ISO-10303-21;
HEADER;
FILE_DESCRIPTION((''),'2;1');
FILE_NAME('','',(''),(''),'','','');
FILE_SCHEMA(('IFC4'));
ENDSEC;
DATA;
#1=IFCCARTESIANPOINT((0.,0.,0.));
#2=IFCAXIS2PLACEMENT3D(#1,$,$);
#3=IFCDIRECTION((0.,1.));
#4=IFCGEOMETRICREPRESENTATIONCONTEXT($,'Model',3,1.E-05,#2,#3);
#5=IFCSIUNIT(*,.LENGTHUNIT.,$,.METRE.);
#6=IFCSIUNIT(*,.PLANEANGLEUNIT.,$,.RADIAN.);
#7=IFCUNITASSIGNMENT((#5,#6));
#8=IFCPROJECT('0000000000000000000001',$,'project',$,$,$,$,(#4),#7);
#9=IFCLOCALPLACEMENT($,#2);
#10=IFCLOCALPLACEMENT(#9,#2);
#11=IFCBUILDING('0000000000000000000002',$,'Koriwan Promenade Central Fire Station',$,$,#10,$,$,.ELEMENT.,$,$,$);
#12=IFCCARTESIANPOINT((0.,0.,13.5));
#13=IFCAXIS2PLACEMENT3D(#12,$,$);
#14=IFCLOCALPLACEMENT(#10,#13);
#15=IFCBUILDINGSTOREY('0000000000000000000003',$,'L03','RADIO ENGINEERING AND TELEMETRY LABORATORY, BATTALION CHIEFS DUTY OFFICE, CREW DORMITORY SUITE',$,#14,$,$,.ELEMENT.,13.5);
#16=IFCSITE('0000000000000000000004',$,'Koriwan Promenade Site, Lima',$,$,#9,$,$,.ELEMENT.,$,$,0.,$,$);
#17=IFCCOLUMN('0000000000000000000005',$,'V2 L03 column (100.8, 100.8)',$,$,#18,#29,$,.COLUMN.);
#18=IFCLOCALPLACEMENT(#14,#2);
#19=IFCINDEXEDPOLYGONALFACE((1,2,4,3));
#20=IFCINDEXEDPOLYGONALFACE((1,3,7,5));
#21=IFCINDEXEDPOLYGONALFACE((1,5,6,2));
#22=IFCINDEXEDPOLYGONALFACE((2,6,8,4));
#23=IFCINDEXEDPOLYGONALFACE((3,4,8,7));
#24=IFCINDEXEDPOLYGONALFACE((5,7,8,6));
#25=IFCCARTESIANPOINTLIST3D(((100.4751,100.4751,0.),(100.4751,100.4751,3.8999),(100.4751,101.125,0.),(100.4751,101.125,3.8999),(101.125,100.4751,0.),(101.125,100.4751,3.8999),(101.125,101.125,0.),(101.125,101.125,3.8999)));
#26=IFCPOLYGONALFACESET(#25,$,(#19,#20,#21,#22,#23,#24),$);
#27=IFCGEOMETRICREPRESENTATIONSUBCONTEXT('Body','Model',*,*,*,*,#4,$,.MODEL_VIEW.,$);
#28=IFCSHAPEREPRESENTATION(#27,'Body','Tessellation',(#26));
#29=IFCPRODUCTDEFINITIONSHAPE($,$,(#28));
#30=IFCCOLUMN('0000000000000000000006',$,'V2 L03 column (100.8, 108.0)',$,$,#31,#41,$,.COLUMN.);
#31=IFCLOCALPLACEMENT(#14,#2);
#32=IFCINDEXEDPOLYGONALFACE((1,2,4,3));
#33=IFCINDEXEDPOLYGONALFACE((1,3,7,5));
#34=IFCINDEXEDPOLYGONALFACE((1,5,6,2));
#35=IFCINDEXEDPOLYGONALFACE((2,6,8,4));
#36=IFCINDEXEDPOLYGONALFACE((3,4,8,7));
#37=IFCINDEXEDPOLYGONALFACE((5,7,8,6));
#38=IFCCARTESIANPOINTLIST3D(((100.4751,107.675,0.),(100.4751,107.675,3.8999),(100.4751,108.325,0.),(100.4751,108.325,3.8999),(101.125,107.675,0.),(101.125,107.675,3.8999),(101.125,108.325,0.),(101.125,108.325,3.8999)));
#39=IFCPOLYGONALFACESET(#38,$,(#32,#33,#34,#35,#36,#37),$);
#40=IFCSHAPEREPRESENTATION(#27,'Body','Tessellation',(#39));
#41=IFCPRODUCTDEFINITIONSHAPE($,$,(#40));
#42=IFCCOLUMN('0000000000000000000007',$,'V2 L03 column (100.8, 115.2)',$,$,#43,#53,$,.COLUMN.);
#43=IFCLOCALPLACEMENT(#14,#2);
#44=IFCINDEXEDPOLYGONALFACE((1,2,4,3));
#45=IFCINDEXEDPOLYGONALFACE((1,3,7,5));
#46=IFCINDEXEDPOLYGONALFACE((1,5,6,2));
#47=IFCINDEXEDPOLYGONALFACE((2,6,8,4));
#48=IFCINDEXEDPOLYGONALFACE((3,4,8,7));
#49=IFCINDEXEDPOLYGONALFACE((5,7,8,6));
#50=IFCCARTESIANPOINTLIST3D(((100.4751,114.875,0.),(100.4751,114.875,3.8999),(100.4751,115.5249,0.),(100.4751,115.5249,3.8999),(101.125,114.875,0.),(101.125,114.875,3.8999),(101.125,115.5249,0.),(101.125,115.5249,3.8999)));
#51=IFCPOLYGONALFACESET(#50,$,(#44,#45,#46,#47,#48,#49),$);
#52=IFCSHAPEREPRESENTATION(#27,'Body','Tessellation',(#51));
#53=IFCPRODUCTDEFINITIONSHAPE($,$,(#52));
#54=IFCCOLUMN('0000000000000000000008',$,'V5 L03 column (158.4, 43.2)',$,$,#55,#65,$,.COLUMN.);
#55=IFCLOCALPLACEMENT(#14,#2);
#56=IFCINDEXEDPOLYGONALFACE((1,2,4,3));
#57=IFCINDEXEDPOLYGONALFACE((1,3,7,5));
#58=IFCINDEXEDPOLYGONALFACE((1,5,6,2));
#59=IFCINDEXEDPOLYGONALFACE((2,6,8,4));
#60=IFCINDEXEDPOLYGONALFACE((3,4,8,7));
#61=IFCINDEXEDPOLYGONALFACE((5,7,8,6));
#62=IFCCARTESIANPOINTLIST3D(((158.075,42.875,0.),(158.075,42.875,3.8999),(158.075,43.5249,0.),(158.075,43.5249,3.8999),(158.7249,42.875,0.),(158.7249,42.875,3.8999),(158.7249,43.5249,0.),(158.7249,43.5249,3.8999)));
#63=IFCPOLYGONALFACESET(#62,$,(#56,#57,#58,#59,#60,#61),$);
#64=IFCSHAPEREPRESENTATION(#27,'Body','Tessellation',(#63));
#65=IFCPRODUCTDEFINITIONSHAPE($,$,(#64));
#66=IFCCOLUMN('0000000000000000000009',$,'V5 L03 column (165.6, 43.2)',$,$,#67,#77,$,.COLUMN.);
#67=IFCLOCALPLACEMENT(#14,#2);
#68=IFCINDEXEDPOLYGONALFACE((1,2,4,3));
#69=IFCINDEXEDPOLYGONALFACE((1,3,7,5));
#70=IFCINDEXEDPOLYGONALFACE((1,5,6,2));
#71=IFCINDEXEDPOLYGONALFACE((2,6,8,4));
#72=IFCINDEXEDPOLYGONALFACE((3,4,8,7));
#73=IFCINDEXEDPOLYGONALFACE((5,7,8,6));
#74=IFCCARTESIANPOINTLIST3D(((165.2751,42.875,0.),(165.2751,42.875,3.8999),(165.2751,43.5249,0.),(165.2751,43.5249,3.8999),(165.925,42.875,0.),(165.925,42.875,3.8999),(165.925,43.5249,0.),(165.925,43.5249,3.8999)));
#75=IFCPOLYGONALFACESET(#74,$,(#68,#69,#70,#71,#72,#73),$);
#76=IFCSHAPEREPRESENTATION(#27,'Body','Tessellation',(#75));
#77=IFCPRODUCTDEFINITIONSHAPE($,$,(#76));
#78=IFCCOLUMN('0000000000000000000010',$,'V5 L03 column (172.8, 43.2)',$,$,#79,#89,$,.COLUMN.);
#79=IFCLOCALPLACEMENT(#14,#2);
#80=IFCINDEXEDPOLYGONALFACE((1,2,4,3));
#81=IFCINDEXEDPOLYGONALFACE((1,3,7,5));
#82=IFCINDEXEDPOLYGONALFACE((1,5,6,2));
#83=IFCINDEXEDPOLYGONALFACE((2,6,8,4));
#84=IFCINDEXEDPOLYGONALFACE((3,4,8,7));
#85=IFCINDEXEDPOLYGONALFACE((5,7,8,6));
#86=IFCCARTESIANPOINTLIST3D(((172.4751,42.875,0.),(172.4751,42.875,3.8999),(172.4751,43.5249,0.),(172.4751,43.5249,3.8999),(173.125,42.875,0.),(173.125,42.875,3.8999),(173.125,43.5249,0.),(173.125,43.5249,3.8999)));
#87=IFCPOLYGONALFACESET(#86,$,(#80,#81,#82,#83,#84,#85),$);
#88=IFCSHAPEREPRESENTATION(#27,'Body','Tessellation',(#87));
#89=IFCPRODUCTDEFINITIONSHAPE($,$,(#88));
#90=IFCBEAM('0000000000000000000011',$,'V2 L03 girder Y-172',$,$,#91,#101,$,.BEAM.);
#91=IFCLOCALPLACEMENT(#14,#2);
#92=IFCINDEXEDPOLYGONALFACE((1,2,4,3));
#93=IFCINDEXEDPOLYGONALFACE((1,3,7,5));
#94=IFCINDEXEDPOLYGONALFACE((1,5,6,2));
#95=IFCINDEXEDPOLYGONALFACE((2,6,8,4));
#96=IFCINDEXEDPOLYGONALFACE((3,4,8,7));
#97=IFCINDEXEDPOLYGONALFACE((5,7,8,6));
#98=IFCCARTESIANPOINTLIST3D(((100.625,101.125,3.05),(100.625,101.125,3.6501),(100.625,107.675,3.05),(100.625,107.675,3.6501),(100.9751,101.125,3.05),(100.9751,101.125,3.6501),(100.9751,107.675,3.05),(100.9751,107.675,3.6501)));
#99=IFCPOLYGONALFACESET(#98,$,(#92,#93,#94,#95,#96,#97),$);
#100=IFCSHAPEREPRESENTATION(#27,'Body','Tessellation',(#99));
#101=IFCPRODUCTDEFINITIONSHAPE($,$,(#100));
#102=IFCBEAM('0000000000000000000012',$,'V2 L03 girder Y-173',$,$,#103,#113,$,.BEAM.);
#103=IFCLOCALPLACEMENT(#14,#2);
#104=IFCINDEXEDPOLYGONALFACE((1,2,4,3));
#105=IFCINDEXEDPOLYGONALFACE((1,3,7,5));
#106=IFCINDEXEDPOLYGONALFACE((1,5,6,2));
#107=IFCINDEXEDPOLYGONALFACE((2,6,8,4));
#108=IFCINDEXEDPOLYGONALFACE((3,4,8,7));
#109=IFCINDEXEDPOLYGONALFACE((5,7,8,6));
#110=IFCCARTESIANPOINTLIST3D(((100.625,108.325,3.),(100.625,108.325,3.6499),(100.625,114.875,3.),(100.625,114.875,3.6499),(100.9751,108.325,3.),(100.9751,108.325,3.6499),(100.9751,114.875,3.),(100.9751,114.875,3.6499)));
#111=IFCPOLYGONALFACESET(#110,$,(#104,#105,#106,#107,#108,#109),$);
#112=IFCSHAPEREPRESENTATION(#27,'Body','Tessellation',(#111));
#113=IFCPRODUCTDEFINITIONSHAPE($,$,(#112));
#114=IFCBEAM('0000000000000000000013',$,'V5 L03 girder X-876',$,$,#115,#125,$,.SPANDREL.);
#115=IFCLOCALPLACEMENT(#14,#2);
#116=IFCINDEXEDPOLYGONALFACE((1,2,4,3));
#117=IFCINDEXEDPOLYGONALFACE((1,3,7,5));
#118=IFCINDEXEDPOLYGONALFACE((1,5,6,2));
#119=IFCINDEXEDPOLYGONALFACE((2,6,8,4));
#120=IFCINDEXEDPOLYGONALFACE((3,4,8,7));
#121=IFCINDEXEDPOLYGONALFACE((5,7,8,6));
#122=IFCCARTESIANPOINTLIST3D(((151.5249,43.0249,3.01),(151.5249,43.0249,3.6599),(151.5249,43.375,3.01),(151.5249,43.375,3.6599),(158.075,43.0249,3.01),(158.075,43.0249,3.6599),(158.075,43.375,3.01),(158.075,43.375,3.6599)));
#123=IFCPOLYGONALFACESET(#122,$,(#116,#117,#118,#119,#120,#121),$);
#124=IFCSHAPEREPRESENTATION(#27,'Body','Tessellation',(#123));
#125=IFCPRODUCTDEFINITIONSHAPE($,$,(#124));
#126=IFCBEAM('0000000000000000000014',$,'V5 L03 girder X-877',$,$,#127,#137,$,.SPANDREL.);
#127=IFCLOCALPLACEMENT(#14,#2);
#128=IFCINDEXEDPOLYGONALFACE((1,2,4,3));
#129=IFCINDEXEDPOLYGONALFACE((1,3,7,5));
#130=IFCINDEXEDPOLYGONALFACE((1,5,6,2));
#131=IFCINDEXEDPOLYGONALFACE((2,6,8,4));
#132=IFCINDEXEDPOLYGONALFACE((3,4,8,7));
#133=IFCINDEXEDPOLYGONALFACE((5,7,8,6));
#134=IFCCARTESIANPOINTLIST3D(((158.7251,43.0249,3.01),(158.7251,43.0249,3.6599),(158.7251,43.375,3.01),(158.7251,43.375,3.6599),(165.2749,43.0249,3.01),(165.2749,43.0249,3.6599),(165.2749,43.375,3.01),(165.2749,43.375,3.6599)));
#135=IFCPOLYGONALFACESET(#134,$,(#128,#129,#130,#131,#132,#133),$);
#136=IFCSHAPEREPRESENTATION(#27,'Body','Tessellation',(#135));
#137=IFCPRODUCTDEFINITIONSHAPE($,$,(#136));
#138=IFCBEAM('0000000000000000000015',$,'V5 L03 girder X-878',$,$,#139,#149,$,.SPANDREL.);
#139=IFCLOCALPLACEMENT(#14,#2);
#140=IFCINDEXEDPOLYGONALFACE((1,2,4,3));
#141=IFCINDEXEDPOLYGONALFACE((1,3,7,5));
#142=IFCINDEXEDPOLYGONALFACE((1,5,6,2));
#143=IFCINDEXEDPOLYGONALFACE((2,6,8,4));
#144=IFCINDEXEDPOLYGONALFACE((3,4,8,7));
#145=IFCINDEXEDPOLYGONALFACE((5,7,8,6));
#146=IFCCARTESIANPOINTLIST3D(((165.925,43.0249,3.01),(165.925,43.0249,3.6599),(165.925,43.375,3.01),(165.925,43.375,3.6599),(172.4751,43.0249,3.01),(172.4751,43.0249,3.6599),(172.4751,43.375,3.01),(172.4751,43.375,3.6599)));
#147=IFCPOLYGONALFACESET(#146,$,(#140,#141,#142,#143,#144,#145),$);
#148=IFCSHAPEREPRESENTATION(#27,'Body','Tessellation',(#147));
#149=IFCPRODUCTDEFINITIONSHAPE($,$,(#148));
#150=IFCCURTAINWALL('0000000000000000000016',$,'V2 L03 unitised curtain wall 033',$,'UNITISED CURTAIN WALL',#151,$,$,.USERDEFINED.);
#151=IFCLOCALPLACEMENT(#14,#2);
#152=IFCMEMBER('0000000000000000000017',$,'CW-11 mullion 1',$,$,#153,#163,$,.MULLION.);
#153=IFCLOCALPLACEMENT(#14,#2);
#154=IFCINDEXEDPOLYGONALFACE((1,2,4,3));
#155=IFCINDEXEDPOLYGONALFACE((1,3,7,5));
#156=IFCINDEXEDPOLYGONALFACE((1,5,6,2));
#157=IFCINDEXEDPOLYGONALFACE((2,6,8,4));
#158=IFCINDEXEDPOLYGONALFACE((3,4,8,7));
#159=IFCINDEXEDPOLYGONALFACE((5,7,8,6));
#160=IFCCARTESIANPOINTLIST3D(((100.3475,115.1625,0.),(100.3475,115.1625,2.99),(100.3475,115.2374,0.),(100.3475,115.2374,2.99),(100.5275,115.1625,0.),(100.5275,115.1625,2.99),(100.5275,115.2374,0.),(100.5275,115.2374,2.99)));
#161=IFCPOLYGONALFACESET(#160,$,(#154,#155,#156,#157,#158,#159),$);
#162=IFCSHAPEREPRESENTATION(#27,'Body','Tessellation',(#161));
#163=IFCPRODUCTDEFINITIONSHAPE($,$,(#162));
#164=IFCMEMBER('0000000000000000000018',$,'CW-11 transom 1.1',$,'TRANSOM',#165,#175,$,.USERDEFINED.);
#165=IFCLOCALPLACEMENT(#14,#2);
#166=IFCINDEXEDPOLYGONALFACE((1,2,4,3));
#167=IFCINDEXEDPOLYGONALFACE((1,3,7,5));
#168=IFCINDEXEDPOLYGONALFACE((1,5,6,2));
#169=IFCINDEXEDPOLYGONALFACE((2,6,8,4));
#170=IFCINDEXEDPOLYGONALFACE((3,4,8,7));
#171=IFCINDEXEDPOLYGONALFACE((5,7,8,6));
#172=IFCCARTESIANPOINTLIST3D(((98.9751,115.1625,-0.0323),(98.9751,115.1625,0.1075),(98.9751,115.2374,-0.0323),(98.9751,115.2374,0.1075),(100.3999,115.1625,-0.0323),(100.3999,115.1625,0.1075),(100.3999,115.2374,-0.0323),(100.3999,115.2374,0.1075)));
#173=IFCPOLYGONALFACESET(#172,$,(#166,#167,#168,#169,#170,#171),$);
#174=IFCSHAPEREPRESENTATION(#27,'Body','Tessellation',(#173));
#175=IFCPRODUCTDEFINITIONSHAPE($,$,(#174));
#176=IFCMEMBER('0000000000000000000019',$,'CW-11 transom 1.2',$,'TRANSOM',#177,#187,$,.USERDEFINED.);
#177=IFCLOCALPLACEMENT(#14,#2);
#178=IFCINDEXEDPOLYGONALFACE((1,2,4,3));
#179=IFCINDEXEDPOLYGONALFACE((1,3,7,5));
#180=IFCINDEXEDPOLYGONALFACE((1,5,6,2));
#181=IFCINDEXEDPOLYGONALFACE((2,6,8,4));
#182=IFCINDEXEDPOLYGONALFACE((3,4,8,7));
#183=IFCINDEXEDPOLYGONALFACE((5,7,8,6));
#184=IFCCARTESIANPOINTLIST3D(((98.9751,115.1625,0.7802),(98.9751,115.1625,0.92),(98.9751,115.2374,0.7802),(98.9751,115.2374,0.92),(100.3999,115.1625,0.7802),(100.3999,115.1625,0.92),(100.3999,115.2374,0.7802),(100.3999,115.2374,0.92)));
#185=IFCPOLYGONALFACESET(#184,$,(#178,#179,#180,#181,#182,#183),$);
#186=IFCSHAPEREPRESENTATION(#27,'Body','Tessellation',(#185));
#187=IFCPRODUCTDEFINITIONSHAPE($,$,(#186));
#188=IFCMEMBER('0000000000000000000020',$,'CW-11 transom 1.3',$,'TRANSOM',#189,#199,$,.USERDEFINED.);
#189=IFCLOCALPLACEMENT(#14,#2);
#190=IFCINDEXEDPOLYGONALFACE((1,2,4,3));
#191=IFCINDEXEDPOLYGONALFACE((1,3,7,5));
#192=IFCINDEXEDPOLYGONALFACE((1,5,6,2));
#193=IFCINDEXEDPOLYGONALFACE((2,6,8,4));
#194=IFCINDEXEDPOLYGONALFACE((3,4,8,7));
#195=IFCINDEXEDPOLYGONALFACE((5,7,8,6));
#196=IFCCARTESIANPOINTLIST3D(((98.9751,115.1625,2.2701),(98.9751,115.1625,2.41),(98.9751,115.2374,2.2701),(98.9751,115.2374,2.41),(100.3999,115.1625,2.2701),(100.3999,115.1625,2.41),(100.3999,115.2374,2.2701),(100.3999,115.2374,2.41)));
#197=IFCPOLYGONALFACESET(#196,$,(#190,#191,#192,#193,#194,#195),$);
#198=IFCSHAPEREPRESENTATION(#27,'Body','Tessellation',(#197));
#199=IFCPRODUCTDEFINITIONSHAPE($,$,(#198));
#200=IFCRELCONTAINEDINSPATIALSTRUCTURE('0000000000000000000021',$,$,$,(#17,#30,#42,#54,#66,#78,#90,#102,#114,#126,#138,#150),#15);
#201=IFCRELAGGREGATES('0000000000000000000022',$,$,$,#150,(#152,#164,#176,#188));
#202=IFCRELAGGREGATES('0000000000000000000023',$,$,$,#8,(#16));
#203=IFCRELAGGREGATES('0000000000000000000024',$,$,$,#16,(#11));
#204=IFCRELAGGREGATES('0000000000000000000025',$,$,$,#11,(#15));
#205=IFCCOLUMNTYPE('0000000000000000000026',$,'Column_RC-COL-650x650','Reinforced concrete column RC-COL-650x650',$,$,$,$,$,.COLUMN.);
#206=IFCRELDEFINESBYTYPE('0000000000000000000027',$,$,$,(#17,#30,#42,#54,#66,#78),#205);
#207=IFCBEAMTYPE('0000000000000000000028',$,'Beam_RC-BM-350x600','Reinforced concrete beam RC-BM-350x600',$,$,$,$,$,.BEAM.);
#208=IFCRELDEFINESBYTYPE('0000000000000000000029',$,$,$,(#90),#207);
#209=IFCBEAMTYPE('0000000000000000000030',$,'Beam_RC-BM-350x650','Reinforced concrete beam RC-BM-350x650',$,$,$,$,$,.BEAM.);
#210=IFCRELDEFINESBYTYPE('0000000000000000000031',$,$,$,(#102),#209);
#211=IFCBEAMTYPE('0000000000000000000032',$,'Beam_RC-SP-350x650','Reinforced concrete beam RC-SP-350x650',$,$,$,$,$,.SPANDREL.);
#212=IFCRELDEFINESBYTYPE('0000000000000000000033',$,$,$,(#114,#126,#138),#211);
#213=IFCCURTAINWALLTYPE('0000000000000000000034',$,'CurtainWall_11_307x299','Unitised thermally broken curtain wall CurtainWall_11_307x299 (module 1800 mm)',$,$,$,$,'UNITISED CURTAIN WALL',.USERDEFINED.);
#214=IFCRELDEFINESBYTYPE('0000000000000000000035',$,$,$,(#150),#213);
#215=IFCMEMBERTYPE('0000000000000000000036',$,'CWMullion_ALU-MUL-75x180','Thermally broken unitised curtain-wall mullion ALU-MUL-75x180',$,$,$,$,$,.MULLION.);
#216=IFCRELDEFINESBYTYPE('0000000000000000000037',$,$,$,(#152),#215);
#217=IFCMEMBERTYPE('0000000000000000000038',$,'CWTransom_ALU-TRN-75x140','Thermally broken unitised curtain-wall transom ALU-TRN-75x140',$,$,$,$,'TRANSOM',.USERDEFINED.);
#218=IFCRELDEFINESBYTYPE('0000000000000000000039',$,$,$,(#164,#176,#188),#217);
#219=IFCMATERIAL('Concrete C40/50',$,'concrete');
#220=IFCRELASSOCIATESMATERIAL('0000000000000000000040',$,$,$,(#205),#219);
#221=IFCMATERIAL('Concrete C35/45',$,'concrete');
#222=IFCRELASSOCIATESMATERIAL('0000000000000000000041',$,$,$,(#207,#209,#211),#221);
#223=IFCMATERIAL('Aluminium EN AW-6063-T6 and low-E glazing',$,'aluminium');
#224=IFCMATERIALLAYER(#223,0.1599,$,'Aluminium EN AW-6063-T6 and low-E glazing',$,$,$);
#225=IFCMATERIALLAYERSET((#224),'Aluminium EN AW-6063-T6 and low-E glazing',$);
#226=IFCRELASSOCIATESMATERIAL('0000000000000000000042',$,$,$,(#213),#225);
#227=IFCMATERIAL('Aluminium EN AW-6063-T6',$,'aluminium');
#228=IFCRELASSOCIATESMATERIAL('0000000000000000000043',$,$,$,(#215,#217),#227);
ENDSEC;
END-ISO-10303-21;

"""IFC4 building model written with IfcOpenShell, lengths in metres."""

from ifc_helpers import new_model, si_unit, direction, frame, origin, origin_2d, place, context, subcontext, project, spatial, rectangle, extrude, material, layer, layer_set, material_profile, profile_set, type_object, element, aggregate, save


model = new_model("IFC4")

# Units and contexts
model_context = context("Model", 3, precision=1e-05, world=origin(), true_north=direction((0.0, 1.0)))
body_context = subcontext(model_context, "Body", "Model", "MODEL_VIEW")
ifc_project = project(units=[si_unit("LENGTHUNIT", "METRE"), si_unit("PLANEANGLEUNIT", "RADIAN")], contexts=[model_context])

# Site, building, storey
site_placement = place(None, origin())
site = spatial("IfcSite", under=ifc_project, at=site_placement, Name="Koriwan Promenade Site, Lima", CompositionType="ELEMENT", RefElevation=0.0)
building_placement = place(site_placement, origin())
building = spatial("IfcBuilding", under=site, at=building_placement, Name="Koriwan Promenade Central Fire Station", CompositionType="ELEMENT")
storey_placement = place(building_placement, frame((0.0, 0.0, 13.5)))
storey = spatial("IfcBuildingStorey", under=building, at=storey_placement, Name="L03", Description="RADIO ENGINEERING AND TELEMETRY LABORATORY, BATTALION CHIEFS DUTY OFFICE, CREW DORMITORY SUITE", CompositionType="ELEMENT", Elevation=13.5)

# Columns
ifc_material_1 = material(Name="Concrete C40/50", Category="concrete")
ifc_material_profile_1 = material_profile(ifc_material_1, rectangle(XDim=0.6499, YDim=0.6499, at=origin_2d()), Name="RC-COL-650x650")
ifc_profile_set_1 = profile_set([ifc_material_profile_1], Name="Concrete C40/50")
column_type = type_object("IfcColumnType", Name="Column_RC-COL-650x650", Description="Reinforced concrete column RC-COL-650x650", PredefinedType="COLUMN", material=ifc_profile_set_1)
for number, where, z_axis, x_axis, name in (
    (1, (100.8, 100.8, 0.0), (0.0, 0.0, 1.0), (1.0, 0.0, 0.0), "V2 L03 column (100.8, 100.8)"),
    (2, (100.8, 108.0, 0.0), (0.0, 0.0, 1.0), (1.0, 0.0, 0.0), "V2 L03 column (100.8, 108.0)"),
    (3, (100.8, 115.2, 0.0), (0.0, 0.0, 1.0), (1.0, 0.0, 0.0), "V2 L03 column (100.8, 115.2)"),
    (4, (158.3999, 43.2, 0.0), (0.0, 0.0, 1.0), (1.0, 0.0, 0.0), "V5 L03 column (158.4, 43.2)"),
    (5, (165.6001, 43.2, 0.0), (0.0, 0.0, 1.0), (1.0, 0.0, 0.0), "V5 L03 column (165.6, 43.2)"),
    (6, (172.8, 43.2, 0.0), (0.0, 0.0, 1.0), (1.0, 0.0, 0.0), "V5 L03 column (172.8, 43.2)"),
):
    element("IfcColumn", number, at=place(storey_placement, frame(where, z_axis=z_axis, x_axis=x_axis)), inside=storey, type_object=column_type, Name=name, PredefinedType="COLUMN", context=body_context, shape_type="SweptSolid", body=[
        extrude(rectangle(XDim=0.6499, YDim=0.6499, at=origin_2d()), origin(), (0.0, 0.0, 1.0), 3.8999),
    ])

# Beams
ifc_material_2 = material(Name="Concrete C35/45", Category="concrete")
ifc_material_profile_2 = material_profile(ifc_material_2, rectangle(XDim=0.3501, YDim=0.6001, at=origin_2d()), Name="RC-BM-350x600")
ifc_profile_set_2 = profile_set([ifc_material_profile_2], Name="Concrete C35/45")
beam_type_1 = type_object("IfcBeamType", Name="Beam_RC-BM-350x600", Description="Reinforced concrete beam RC-BM-350x600", PredefinedType="BEAM", material=ifc_profile_set_2)
beam_1_placement = place(storey_placement, frame((100.8, 101.125, 3.3501), z_axis=(0.0, 1.0, 0.0), x_axis=(-1.0, 0.0, 0.0)))
element("IfcBeam", 7, at=beam_1_placement, inside=storey, type_object=beam_type_1, Name="V2 L03 girder Y-172", PredefinedType="BEAM", context=body_context, shape_type="SweptSolid", body=[
    extrude(rectangle(XDim=0.3501, YDim=0.6001, at=origin_2d()), origin(), (0.0, 0.0, 1.0), 6.55),
])
ifc_material_profile_3 = material_profile(ifc_material_2, rectangle(XDim=0.3501, YDim=0.6499, at=origin_2d()), Name="RC-BM-350x650")
ifc_profile_set_3 = profile_set([ifc_material_profile_3], Name="Concrete C35/45")
beam_type_2 = type_object("IfcBeamType", Name="Beam_RC-BM-350x650", Description="Reinforced concrete beam RC-BM-350x650", PredefinedType="BEAM", material=ifc_profile_set_3)
beam_2_placement = place(storey_placement, frame((100.8, 108.325, 3.325), z_axis=(0.0, 1.0, 0.0), x_axis=(-1.0, 0.0, 0.0)))
element("IfcBeam", 8, at=beam_2_placement, inside=storey, type_object=beam_type_2, Name="V2 L03 girder Y-173", PredefinedType="BEAM", context=body_context, shape_type="SweptSolid", body=[
    extrude(rectangle(XDim=0.3501, YDim=0.6499, at=origin_2d()), origin(), (0.0, 0.0, 1.0), 6.55),
])
ifc_material_profile_4 = material_profile(ifc_material_2, rectangle(XDim=0.3501, YDim=0.6499, at=origin_2d()), Name="RC-SP-350x650")
ifc_profile_set_4 = profile_set([ifc_material_profile_4], Name="Concrete C35/45")
beam_type_3 = type_object("IfcBeamType", Name="Beam_RC-SP-350x650", Description="Reinforced concrete beam RC-SP-350x650", PredefinedType="SPANDREL", material=ifc_profile_set_4)
beam_3_placement = place(storey_placement, frame((151.5249, 43.2, 3.335), z_axis=(1.0, 0.0, 0.0), x_axis=(0.0, 1.0, 0.0)))
element("IfcBeam", 9, at=beam_3_placement, inside=storey, type_object=beam_type_3, Name="V5 L03 girder X-876", PredefinedType="SPANDREL", context=body_context, shape_type="SweptSolid", body=[
    extrude(rectangle(XDim=0.3501, YDim=0.6499, at=origin_2d()), origin(), (0.0, 0.0, 1.0), 6.55),
])
beam_4_placement = place(storey_placement, frame((158.7251, 43.2, 3.335), z_axis=(1.0, 0.0, 0.0), x_axis=(0.0, 1.0, 0.0)))
element("IfcBeam", 10, at=beam_4_placement, inside=storey, type_object=beam_type_3, Name="V5 L03 girder X-877", PredefinedType="SPANDREL", context=body_context, shape_type="SweptSolid", body=[
    extrude(rectangle(XDim=0.3501, YDim=0.6499, at=origin_2d()), origin(), (0.0, 0.0, 1.0), 6.5498),
])
beam_5_placement = place(storey_placement, frame((165.925, 43.2, 3.335), z_axis=(1.0, 0.0, 0.0), x_axis=(0.0, 1.0, 0.0)))
element("IfcBeam", 11, at=beam_5_placement, inside=storey, type_object=beam_type_3, Name="V5 L03 girder X-878", PredefinedType="SPANDREL", context=body_context, shape_type="SweptSolid", body=[
    extrude(rectangle(XDim=0.3501, YDim=0.6499, at=origin_2d()), origin(), (0.0, 0.0, 1.0), 6.55),
])

# Curtain wall, members
ifc_material_3 = material(Name="Aluminium EN AW-6063-T6 and low-E glazing", Category="aluminium")
ifc_layer_1 = layer(ifc_material_3, 0.1599, Name="Aluminium EN AW-6063-T6 and low-E glazing")
ifc_layer_set_1 = layer_set([ifc_layer_1], Name="Aluminium EN AW-6063-T6 and low-E glazing")
curtain_wall_type = type_object("IfcCurtainWallType", Name="CurtainWall_11_307x299", Description="Unitised thermally broken curtain wall CurtainWall_11_307x299 (module 1800 mm)", ElementType="UNITISED CURTAIN WALL", PredefinedType="USERDEFINED", material=ifc_layer_set_1)
curtain_wall_placement = place(storey_placement, origin())
curtain_wall = element("IfcCurtainWall", 12, at=curtain_wall_placement, inside=storey, type_object=curtain_wall_type, Name="V2 L03 unitised curtain wall 033", ObjectType="UNITISED CURTAIN WALL", PredefinedType="USERDEFINED")
ifc_material_4 = material(Name="Aluminium EN AW-6063-T6", Category="aluminium")
ifc_material_profile_5 = material_profile(ifc_material_4, rectangle(XDim=0.075, YDim=0.1799, at=origin_2d()), Name="ALU-MUL-75x180")
ifc_profile_set_5 = profile_set([ifc_material_profile_5], Name="Aluminium EN AW-6063-T6")
member_type_1 = type_object("IfcMemberType", Name="CWMullion_ALU-MUL-75x180", Description="Thermally broken unitised curtain-wall mullion ALU-MUL-75x180", PredefinedType="MULLION", material=ifc_profile_set_5)
member_1_placement = place(storey_placement, frame((100.4375, 115.2, 0.0), z_axis=(0.0, 0.0, 1.0), x_axis=(0.0, -1.0, 0.0)))
member_1 = element("IfcMember", 13, at=member_1_placement, type_object=member_type_1, Name="CW-11 mullion 1", PredefinedType="MULLION", context=body_context, shape_type="SweptSolid", body=[
    extrude(rectangle(XDim=0.075, YDim=0.1799, at=origin_2d()), origin(), (0.0, 0.0, 1.0), 2.99),
])
ifc_material_profile_6 = material_profile(ifc_material_4, rectangle(XDim=0.075, YDim=0.1399, at=origin_2d()), Name="ALU-TRN-75x140")
ifc_profile_set_6 = profile_set([ifc_material_profile_6], Name="Aluminium EN AW-6063-T6")
member_type_2 = type_object("IfcMemberType", Name="CWTransom_ALU-TRN-75x140", Description="Thermally broken unitised curtain-wall transom ALU-TRN-75x140", ElementType="TRANSOM", PredefinedType="USERDEFINED", material=ifc_profile_set_6)
member_2_placement = place(storey_placement, frame((100.3999, 115.2, 0.0376), z_axis=(-1.0, 0.0, 0.0), x_axis=(0.0, -1.0, 0.0)))
member_2 = element("IfcMember", 14, at=member_2_placement, type_object=member_type_2, Name="CW-11 transom 1.1", ObjectType="TRANSOM", PredefinedType="USERDEFINED", context=body_context, shape_type="SweptSolid", body=[
    extrude(rectangle(XDim=0.075, YDim=0.1399, at=origin_2d()), origin(), (0.0, 0.0, 1.0), 1.4248),
])
member_3_placement = place(storey_placement, frame((100.3999, 115.2, 0.8501), z_axis=(-1.0, 0.0, 0.0), x_axis=(0.0, -1.0, 0.0)))
member_3 = element("IfcMember", 15, at=member_3_placement, type_object=member_type_2, Name="CW-11 transom 1.2", ObjectType="TRANSOM", PredefinedType="USERDEFINED", context=body_context, shape_type="SweptSolid", body=[
    extrude(rectangle(XDim=0.075, YDim=0.1399, at=origin_2d()), origin(), (0.0, 0.0, 1.0), 1.4248),
])
member_4_placement = place(storey_placement, frame((100.3999, 115.2, 2.3401), z_axis=(-1.0, 0.0, 0.0), x_axis=(0.0, -1.0, 0.0)))
member_4 = element("IfcMember", 16, at=member_4_placement, type_object=member_type_2, Name="CW-11 transom 1.3", ObjectType="TRANSOM", PredefinedType="USERDEFINED", context=body_context, shape_type="SweptSolid", body=[
    extrude(rectangle(XDim=0.075, YDim=0.1399, at=origin_2d()), origin(), (0.0, 0.0, 1.0), 1.4248),
])
aggregate(curtain_wall, [member_1, member_2, member_3, member_4])

save(model, "model.ifc")
